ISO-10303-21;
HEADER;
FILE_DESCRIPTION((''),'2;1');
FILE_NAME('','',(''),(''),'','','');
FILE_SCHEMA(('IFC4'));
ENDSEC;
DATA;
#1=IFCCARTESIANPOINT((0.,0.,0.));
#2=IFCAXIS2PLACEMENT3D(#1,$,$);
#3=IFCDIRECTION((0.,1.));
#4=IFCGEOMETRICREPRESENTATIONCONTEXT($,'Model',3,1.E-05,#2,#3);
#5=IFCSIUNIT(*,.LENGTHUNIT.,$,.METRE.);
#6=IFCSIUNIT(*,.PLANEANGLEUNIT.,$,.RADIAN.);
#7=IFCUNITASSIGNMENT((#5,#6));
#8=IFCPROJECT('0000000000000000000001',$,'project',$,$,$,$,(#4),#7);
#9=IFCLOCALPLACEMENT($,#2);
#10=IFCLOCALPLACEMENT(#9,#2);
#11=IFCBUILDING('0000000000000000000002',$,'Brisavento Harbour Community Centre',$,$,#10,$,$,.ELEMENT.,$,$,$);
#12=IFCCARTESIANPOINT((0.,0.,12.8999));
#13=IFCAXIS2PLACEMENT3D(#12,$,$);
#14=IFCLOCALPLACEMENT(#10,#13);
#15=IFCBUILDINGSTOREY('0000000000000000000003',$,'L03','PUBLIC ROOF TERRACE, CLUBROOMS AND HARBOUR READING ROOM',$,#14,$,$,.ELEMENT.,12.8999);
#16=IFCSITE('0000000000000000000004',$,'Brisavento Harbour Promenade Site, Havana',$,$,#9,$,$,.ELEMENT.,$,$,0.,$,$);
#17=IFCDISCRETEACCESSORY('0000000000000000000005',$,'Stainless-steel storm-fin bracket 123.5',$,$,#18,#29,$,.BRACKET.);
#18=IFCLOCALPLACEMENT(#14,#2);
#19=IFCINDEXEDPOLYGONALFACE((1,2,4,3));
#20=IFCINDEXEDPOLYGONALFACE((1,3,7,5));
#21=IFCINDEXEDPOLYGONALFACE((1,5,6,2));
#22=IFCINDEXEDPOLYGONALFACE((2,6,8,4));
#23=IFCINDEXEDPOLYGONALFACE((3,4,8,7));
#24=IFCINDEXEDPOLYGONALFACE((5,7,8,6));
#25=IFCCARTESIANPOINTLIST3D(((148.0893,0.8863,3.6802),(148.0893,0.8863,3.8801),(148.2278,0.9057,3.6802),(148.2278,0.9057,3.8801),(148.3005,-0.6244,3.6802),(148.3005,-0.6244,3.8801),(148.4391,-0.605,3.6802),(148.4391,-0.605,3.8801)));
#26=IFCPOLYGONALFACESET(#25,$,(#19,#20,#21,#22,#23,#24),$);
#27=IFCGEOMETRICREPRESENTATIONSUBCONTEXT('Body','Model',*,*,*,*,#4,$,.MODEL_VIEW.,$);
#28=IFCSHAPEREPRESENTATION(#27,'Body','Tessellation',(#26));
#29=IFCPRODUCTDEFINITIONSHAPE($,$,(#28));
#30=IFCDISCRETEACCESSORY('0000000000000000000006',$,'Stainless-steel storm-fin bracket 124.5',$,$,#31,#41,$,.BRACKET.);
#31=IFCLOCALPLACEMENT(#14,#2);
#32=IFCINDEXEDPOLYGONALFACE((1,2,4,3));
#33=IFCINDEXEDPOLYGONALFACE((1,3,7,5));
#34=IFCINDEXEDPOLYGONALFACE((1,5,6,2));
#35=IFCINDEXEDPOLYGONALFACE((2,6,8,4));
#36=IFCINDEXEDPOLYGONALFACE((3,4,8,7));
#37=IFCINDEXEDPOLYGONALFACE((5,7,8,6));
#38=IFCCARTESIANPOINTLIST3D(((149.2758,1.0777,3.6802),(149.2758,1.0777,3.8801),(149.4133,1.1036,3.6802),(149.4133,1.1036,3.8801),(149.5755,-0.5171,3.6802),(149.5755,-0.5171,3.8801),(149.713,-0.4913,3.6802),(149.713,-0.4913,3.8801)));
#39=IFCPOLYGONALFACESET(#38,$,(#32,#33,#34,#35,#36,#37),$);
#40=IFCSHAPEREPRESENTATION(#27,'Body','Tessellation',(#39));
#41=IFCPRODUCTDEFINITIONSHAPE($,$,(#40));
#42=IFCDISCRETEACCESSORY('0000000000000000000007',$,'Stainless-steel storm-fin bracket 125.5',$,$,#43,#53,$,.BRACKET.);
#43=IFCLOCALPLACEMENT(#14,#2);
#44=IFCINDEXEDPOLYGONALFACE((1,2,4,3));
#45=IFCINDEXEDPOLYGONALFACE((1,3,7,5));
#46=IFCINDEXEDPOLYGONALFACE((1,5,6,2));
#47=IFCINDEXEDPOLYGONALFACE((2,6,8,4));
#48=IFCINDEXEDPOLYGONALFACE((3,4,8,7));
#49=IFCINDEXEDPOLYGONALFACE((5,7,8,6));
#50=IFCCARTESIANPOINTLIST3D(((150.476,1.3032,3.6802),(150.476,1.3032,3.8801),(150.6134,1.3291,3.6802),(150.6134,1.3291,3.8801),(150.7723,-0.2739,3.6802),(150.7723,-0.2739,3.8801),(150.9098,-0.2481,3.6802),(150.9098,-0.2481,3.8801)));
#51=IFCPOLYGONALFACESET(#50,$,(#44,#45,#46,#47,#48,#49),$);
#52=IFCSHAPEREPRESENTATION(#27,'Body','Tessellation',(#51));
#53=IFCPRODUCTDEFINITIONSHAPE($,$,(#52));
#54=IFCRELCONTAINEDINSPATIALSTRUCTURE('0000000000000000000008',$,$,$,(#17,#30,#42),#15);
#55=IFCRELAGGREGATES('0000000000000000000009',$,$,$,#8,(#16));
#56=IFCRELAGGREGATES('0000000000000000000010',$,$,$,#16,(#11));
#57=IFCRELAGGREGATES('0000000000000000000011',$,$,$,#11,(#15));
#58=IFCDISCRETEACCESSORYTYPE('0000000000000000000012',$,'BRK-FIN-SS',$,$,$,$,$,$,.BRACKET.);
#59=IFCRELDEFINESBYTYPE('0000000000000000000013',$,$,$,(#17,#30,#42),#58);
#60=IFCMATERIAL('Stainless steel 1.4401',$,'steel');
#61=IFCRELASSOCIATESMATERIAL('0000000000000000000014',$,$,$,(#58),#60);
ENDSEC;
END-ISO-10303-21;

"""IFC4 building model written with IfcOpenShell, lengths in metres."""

from ifc_helpers import new_model, si_unit, direction, frame, origin, origin_2d, place, context, subcontext, project, spatial, rectangle, extrude, material, type_object, element, save


model = new_model("IFC4")

# Units and contexts
model_context = context("Model", 3, precision=1e-05, world=origin(), true_north=direction((0.0, 1.0)))
body_context = subcontext(model_context, "Body", "Model", "MODEL_VIEW")
ifc_project = project(units=[si_unit("LENGTHUNIT", "METRE"), si_unit("PLANEANGLEUNIT", "RADIAN")], contexts=[model_context])

# Site, building, storey
site_placement = place(None, origin())
site = spatial("IfcSite", under=ifc_project, at=site_placement, Name="Brisavento Harbour Promenade Site, Havana", CompositionType="ELEMENT", RefElevation=0.0)
building_placement = place(site_placement, origin())
building = spatial("IfcBuilding", under=site, at=building_placement, Name="Brisavento Harbour Community Centre", CompositionType="ELEMENT")
storey_placement = place(building_placement, frame((0.0, 0.0, 12.8999)))
storey = spatial("IfcBuildingStorey", under=building, at=storey_placement, Name="L03", Description="PUBLIC ROOF TERRACE, CLUBROOMS AND HARBOUR READING ROOM", CompositionType="ELEMENT", Elevation=12.8999)

# Discrete accessories
ifc_material_1 = material(Name="Stainless steel 1.4401", Category="steel")
discrete_accessory_type = type_object("IfcDiscreteAccessoryType", Name="BRK-FIN-SS", PredefinedType="BRACKET", material=ifc_material_1)
discrete_accessory_1_placement = place(storey_placement, frame((148.2642, 0.1406, 3.6802), z_axis=(0.0, 0.0, 1.0), x_axis=(0.138499, -0.990363, 0.0)))
element("IfcDiscreteAccessory", 1, at=discrete_accessory_1_placement, inside=storey, type_object=discrete_accessory_type, Name="Stainless-steel storm-fin bracket 123.5", PredefinedType="BRACKET", context=body_context, shape_type="SweptSolid", body=[
    extrude(rectangle(XDim=1.5254, YDim=0.1399, at=origin_2d()), origin(), (0.0, 0.0, 1.0), 0.2),
])
discrete_accessory_2_placement = place(storey_placement, frame((149.4944, 0.2932, 3.6802), z_axis=(0.0, 0.0, 1.0), x_axis=(0.184672, -0.9828, 0.0)))
element("IfcDiscreteAccessory", 2, at=discrete_accessory_2_placement, inside=storey, type_object=discrete_accessory_type, Name="Stainless-steel storm-fin bracket 124.5", PredefinedType="BRACKET", context=body_context, shape_type="SweptSolid", body=[
    extrude(rectangle(XDim=1.6228, YDim=0.1399, at=origin_2d()), origin(), (0.0, 0.0, 1.0), 0.2),
])
discrete_accessory_3_placement = place(storey_placement, frame((150.6929, 0.5276, 3.6802), z_axis=(0.0, 0.0, 1.0), x_axis=(0.184672, -0.9828, 0.0)))
element("IfcDiscreteAccessory", 3, at=discrete_accessory_3_placement, inside=storey, type_object=discrete_accessory_type, Name="Stainless-steel storm-fin bracket 125.5", PredefinedType="BRACKET", context=body_context, shape_type="SweptSolid", body=[
    extrude(rectangle(XDim=1.6047, YDim=0.1399, at=origin_2d()), origin(), (0.0, 0.0, 1.0), 0.2),
])

save(model, "model.ifc")
